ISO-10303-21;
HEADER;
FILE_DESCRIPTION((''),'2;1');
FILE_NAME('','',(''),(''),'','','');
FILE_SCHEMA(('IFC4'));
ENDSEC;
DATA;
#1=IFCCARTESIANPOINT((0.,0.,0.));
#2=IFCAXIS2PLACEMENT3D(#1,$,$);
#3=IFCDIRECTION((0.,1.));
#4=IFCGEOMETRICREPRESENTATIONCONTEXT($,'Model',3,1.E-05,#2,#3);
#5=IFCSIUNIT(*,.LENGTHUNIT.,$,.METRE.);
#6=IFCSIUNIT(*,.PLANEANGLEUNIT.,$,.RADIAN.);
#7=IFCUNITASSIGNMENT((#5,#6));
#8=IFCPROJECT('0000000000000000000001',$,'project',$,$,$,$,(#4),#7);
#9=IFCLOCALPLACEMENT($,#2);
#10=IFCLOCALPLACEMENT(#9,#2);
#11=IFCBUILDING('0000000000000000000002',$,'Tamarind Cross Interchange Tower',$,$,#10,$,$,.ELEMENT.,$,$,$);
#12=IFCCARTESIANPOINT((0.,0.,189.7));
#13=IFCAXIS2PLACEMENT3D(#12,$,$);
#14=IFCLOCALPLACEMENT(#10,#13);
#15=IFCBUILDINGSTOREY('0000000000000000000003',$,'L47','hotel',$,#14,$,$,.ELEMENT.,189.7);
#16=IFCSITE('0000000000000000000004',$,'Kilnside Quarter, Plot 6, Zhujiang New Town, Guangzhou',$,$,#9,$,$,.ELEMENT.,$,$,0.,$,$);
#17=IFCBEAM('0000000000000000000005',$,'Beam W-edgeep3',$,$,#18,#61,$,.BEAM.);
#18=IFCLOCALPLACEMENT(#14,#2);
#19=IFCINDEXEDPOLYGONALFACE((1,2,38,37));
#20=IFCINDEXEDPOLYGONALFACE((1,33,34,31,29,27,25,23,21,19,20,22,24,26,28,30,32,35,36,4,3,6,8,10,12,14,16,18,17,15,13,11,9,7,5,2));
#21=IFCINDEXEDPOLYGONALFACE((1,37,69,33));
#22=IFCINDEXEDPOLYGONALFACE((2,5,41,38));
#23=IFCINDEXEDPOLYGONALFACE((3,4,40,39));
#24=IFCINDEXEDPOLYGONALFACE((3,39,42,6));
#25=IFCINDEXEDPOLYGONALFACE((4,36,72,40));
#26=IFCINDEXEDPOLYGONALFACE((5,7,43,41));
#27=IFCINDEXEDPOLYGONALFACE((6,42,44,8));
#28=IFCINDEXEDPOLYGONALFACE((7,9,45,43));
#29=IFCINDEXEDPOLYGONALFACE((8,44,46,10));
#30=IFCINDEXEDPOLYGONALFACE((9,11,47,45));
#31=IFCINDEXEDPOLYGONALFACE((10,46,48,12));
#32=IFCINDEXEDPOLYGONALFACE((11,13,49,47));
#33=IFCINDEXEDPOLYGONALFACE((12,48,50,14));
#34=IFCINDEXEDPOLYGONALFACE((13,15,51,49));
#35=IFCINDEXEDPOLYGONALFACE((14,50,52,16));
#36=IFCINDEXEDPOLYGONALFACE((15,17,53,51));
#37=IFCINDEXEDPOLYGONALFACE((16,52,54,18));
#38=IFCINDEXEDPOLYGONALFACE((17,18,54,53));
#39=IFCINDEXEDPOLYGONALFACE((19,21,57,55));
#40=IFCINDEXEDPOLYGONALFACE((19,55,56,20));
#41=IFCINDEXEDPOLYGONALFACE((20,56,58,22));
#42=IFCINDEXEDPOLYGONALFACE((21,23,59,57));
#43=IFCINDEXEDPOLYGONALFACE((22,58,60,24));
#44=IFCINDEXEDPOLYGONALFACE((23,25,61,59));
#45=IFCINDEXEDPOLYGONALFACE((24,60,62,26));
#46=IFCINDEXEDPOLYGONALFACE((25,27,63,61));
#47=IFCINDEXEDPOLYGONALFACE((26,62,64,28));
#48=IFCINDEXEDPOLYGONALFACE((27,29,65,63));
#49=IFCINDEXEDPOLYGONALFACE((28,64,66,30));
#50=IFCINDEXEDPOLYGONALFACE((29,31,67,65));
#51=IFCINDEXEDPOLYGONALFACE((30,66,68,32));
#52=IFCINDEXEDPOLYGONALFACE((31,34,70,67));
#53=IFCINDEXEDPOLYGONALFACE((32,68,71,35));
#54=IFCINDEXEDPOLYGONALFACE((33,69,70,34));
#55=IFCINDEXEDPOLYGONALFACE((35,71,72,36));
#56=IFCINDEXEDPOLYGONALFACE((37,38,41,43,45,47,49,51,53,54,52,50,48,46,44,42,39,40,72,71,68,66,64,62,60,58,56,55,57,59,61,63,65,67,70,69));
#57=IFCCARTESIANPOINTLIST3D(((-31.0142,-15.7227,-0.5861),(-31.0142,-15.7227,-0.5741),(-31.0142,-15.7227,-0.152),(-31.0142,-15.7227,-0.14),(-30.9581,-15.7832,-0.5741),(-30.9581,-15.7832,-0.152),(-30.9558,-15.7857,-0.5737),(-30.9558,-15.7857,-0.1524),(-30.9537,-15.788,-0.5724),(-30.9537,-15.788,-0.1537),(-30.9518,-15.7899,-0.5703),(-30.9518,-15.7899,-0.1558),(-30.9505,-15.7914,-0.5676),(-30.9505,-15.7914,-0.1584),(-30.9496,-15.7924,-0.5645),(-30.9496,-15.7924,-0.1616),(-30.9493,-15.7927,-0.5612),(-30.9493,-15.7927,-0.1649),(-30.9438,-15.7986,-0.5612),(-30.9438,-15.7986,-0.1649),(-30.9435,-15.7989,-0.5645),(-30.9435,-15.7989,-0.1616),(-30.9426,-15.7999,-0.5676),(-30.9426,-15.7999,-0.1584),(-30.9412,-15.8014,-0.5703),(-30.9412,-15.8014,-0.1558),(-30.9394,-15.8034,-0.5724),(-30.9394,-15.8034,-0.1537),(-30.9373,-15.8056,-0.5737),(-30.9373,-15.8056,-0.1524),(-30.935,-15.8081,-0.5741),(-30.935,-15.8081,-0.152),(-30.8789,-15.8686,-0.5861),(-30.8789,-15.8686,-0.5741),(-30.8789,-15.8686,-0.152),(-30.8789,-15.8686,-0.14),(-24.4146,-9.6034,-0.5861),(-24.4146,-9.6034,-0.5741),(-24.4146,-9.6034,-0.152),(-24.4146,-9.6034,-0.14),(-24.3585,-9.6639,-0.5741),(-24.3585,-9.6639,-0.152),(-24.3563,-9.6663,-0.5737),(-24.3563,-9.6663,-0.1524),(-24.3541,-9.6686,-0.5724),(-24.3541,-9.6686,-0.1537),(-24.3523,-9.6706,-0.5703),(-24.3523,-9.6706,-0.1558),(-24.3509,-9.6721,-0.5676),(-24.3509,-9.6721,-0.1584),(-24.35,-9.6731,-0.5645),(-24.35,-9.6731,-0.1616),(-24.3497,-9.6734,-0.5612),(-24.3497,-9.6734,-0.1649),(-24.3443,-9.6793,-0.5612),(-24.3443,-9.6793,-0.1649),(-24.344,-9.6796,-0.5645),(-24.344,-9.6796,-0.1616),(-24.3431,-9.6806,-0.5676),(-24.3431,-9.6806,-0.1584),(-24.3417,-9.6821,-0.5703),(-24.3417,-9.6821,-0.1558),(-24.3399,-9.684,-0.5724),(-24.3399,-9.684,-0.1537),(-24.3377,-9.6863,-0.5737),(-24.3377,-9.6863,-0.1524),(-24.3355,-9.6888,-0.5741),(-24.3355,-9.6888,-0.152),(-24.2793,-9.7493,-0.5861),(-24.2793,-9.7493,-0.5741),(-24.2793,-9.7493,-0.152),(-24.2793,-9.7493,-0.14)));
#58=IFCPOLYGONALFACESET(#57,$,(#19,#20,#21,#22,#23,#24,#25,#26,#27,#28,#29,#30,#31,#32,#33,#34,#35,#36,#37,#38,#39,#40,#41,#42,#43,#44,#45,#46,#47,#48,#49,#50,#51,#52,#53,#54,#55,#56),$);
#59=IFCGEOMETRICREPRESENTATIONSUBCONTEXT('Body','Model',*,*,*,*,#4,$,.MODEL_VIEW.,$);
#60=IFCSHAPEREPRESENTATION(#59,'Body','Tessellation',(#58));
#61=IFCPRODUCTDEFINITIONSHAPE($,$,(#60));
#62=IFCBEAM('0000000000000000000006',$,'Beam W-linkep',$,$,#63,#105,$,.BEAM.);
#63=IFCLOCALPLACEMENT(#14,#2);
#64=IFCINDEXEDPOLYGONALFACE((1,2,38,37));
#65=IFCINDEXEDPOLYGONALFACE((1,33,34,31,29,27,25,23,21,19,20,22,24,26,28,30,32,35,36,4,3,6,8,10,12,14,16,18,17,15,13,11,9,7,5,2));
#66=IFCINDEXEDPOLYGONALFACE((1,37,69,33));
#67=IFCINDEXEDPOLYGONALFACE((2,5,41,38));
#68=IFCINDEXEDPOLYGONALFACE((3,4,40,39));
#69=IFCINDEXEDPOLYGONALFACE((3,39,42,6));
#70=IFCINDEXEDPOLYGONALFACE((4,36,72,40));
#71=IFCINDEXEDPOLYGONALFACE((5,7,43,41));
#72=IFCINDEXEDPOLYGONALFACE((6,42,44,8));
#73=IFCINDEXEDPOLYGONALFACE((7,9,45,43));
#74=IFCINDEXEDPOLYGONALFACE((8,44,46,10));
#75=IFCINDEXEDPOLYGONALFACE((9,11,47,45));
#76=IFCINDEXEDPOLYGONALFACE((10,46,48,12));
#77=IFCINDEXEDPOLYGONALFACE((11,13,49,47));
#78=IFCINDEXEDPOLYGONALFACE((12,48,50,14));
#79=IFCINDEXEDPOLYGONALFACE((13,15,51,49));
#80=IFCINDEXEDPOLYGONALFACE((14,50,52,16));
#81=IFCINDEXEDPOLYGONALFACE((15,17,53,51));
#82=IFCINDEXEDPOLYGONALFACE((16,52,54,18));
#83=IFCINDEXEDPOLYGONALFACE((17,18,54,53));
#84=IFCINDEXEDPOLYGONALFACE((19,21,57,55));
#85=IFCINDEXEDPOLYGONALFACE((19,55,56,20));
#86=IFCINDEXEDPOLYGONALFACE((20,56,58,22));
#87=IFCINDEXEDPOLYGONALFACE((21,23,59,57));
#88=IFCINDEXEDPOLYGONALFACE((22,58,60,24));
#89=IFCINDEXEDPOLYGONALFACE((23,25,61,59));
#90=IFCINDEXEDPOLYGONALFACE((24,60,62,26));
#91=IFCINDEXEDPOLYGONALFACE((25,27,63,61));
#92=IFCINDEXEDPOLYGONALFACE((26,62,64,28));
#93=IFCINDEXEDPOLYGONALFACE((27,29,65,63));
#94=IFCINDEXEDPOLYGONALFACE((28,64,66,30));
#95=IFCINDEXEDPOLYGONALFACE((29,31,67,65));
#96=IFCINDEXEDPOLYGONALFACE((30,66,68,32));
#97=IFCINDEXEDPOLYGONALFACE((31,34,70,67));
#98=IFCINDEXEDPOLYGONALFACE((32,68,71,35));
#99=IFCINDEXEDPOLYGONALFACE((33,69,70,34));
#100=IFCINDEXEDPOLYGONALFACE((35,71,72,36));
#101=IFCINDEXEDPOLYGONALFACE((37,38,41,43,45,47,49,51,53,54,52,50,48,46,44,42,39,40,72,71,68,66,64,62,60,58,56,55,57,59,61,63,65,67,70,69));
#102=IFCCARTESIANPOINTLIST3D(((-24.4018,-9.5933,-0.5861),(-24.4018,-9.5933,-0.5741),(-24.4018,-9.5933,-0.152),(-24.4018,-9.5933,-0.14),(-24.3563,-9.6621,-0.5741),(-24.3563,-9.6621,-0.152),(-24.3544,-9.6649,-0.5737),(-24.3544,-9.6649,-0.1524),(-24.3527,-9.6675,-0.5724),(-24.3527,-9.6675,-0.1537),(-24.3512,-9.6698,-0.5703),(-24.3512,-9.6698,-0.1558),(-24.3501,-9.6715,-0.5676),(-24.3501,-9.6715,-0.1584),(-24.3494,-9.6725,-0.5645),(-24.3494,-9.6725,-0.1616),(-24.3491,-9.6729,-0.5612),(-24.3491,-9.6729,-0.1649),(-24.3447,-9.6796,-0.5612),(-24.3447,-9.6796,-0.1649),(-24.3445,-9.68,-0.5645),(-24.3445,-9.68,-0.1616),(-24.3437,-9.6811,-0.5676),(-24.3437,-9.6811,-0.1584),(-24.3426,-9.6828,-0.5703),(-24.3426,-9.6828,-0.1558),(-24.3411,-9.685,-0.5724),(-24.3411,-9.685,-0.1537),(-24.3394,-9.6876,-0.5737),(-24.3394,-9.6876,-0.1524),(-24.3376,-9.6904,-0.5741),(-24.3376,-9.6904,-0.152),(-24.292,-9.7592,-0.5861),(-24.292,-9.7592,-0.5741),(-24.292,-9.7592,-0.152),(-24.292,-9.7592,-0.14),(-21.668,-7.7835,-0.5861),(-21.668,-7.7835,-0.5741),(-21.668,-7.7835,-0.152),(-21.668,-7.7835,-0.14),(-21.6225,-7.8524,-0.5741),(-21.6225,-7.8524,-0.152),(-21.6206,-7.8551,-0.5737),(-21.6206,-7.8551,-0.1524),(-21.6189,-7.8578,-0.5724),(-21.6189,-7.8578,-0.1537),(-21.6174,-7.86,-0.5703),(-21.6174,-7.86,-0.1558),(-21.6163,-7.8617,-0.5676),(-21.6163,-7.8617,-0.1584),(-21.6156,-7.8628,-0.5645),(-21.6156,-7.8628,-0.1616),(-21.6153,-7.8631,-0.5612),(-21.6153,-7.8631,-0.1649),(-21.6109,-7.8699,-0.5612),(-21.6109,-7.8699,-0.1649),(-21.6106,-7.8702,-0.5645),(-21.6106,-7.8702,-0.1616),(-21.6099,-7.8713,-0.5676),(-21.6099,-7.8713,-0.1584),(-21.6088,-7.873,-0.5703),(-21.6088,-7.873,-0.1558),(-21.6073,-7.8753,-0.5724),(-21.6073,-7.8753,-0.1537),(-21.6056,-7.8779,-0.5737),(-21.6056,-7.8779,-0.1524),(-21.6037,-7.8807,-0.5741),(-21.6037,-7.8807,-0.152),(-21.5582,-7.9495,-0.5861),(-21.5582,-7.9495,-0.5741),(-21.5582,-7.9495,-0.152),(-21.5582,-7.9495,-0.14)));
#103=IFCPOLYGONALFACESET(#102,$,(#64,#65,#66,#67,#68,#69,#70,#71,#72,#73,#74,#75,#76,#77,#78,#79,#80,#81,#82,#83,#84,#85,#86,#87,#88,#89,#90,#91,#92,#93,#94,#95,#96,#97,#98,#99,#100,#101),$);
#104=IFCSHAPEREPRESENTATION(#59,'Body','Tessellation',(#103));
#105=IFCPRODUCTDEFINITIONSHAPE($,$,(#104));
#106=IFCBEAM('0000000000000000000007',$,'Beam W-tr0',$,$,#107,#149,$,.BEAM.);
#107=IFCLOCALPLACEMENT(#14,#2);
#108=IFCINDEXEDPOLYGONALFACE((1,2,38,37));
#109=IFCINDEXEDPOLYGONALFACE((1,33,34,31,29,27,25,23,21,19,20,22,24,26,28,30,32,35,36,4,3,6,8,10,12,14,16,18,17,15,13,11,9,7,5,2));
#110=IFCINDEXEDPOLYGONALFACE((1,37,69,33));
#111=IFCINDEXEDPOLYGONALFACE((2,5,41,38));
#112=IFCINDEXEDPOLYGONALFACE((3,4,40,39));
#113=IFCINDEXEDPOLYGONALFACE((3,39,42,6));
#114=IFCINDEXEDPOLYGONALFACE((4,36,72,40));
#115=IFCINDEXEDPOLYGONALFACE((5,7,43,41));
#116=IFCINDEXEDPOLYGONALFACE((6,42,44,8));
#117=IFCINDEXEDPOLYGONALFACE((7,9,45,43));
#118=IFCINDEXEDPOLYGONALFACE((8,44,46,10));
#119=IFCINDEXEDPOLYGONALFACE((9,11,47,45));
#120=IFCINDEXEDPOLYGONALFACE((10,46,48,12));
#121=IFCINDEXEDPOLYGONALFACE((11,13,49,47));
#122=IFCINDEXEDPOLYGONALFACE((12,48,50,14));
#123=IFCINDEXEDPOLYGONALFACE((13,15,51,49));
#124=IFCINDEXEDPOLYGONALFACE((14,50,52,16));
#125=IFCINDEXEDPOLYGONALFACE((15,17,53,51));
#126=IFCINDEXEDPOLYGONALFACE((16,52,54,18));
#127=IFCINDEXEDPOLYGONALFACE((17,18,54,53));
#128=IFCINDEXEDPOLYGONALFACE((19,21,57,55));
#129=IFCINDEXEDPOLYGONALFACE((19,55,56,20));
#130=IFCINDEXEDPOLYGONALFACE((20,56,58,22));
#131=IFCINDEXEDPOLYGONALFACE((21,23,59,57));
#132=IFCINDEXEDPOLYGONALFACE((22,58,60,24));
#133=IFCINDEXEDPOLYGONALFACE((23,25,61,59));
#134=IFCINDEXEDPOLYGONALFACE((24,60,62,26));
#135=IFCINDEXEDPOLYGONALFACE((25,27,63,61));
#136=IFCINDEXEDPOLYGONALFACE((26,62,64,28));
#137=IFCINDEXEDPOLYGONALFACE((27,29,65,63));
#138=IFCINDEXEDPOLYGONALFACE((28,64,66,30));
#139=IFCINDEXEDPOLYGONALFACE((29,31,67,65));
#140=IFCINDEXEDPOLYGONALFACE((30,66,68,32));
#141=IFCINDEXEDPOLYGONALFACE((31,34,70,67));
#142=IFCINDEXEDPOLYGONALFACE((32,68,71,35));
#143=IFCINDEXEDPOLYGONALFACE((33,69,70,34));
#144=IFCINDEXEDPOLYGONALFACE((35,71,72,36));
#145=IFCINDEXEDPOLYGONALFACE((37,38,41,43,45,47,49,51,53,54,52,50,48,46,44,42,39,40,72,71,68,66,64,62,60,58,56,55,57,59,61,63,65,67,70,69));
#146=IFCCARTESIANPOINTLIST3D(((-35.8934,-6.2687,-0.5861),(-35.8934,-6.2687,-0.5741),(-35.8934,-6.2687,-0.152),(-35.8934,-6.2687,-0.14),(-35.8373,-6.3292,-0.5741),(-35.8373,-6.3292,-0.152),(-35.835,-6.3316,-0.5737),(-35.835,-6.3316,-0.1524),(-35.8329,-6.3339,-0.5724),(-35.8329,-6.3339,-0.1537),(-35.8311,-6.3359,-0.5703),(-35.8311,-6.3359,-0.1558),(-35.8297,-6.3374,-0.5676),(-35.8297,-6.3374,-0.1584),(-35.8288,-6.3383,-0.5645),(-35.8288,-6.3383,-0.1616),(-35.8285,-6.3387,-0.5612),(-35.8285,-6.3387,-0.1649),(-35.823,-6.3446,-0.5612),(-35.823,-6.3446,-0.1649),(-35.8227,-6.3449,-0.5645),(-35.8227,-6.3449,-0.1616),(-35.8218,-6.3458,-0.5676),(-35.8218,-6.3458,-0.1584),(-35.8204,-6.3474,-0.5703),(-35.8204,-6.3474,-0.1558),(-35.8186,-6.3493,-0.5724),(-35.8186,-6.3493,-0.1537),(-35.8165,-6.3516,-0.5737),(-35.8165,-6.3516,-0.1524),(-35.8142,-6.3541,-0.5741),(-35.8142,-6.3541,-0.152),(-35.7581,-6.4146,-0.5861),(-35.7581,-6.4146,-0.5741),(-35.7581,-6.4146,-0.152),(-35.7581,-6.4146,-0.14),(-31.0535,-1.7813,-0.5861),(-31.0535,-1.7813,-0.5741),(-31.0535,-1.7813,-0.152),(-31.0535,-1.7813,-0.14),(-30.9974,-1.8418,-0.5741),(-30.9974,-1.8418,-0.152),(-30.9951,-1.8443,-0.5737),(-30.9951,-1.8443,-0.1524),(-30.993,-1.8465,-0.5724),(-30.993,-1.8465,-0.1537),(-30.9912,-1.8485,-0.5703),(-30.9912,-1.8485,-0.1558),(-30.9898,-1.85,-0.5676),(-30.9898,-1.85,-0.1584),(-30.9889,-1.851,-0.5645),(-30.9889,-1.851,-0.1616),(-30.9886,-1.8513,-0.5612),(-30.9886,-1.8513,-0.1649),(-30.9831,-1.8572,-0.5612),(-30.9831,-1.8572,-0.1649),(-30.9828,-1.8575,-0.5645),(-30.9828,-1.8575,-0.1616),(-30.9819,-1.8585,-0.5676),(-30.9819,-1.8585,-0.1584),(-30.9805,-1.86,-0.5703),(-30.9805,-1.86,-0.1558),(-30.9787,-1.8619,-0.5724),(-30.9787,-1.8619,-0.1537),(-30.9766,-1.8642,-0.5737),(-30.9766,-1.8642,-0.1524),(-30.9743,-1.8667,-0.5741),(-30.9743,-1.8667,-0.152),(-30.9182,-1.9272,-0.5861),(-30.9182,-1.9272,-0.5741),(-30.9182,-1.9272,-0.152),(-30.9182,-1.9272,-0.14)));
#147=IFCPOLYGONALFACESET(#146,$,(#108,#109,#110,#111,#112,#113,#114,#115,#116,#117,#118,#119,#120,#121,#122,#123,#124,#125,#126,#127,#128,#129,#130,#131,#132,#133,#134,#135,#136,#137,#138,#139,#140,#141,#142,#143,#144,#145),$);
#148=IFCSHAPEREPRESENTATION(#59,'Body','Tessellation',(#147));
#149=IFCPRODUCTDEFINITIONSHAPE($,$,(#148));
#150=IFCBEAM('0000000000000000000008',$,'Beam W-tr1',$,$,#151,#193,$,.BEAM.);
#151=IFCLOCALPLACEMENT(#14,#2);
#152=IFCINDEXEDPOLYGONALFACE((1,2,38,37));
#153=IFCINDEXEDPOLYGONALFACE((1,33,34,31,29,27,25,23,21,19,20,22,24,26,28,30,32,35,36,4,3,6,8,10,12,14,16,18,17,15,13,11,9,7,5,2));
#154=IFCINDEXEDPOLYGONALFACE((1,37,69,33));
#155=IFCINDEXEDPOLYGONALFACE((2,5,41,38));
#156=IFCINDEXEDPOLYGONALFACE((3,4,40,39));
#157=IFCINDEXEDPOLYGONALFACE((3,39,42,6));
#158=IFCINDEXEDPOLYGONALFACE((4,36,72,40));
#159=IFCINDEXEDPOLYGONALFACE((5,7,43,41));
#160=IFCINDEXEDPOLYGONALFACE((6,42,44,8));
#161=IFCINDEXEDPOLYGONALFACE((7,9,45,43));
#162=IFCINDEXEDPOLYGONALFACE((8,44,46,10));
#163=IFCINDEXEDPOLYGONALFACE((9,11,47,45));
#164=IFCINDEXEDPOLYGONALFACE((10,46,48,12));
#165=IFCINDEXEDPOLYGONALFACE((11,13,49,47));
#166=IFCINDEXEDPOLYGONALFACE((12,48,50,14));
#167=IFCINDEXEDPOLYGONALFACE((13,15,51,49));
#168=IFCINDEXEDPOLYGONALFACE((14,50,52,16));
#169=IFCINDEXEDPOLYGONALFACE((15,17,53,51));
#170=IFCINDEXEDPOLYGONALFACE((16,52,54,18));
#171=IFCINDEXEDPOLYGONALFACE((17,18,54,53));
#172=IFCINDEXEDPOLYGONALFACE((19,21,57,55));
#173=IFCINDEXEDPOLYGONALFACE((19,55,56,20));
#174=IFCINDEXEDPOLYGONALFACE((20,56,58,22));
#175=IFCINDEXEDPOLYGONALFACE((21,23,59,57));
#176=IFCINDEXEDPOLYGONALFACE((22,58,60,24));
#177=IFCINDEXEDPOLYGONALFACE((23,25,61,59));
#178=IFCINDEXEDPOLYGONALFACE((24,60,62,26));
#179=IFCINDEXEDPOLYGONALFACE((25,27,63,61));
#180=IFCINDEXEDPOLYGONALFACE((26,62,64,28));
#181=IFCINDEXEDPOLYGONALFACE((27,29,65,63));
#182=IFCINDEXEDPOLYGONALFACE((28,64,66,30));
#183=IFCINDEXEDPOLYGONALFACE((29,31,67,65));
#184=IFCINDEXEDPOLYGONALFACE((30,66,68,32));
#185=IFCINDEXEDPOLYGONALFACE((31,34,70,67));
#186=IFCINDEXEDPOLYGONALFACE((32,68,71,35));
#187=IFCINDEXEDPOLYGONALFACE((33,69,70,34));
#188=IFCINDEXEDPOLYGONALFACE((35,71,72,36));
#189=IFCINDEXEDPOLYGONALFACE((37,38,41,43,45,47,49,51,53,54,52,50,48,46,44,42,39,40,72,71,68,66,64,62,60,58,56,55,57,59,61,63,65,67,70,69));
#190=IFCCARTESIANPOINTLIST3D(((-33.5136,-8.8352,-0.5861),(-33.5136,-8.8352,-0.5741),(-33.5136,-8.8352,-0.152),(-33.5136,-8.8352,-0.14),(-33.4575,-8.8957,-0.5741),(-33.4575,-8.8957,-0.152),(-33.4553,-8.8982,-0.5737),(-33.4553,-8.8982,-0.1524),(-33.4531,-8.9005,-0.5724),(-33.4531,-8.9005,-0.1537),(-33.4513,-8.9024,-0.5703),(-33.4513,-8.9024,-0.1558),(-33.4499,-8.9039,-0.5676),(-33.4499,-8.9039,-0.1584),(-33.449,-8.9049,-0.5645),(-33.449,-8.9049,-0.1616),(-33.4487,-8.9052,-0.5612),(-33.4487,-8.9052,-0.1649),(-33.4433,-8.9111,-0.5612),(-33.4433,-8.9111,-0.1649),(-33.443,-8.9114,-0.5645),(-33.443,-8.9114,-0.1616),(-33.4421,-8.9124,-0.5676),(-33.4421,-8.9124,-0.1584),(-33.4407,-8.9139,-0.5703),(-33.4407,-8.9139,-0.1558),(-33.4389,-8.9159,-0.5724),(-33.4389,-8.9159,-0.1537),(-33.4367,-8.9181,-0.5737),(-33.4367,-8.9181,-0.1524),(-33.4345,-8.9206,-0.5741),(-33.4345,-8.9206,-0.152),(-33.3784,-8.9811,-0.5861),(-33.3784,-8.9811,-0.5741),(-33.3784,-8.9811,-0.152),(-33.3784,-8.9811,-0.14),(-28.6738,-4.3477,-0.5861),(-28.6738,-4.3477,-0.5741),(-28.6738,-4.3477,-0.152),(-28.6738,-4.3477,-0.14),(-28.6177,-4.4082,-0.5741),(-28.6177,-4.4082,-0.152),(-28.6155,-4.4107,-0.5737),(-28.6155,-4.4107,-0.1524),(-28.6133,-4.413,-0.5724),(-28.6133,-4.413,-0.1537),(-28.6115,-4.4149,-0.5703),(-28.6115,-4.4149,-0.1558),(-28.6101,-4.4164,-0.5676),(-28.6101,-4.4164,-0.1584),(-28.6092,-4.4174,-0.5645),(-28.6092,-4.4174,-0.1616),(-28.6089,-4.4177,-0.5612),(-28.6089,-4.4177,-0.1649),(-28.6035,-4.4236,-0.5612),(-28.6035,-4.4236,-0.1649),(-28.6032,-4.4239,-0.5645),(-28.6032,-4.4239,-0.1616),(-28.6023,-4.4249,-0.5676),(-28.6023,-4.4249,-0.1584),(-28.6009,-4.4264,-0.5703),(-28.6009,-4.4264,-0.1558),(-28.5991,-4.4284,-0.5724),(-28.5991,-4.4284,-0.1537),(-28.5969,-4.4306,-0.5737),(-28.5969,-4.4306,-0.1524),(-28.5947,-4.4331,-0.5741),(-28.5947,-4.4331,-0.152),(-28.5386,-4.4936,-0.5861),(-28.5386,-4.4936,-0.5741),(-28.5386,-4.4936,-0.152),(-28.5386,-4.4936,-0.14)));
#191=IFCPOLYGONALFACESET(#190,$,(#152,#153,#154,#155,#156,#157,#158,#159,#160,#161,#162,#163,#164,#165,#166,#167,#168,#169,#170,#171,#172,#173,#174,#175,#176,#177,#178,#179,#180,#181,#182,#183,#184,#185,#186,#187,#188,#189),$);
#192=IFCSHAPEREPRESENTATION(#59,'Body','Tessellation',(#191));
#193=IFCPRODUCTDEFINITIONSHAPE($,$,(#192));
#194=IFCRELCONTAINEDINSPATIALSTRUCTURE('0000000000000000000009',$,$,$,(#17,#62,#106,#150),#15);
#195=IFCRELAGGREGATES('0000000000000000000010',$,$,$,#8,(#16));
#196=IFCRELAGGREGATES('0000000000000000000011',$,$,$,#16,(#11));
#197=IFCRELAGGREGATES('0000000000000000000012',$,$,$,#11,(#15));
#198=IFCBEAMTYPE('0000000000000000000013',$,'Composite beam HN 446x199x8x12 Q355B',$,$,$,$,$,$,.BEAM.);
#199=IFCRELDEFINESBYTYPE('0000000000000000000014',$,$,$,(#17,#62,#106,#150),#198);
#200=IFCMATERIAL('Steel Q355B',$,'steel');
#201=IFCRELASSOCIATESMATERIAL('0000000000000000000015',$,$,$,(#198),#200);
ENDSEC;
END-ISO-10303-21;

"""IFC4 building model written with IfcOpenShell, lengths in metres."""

from ifc_helpers import new_model, si_unit, direction, frame, origin, origin_2d, place, context, subcontext, project, spatial, i_section, extrude, material, material_profile, profile_set, type_object, element, save


model = new_model("IFC4")

# Units and contexts
model_context = context("Model", 3, precision=1e-05, world=origin(), true_north=direction((0.0, 1.0)))
body_context = subcontext(model_context, "Body", "Model", "MODEL_VIEW")
ifc_project = project(units=[si_unit("LENGTHUNIT", "METRE"), si_unit("PLANEANGLEUNIT", "RADIAN")], contexts=[model_context])

# Site, building, storey
site_placement = place(None, origin())
site = spatial("IfcSite", under=ifc_project, at=site_placement, Name="Kilnside Quarter, Plot 6, Zhujiang New Town, Guangzhou", CompositionType="ELEMENT", RefElevation=0.0)
building_placement = place(site_placement, origin())
building = spatial("IfcBuilding", under=site, at=building_placement, Name="Tamarind Cross Interchange Tower", CompositionType="ELEMENT")
storey_placement = place(building_placement, frame((0.0, 0.0, 189.7)))
storey = spatial("IfcBuildingStorey", under=building, at=storey_placement, Name="L47", Description="hotel", CompositionType="ELEMENT", Elevation=189.7)

# Beams
ifc_material_1 = material(Name="Steel Q355B", Category="steel")
ifc_material_profile_1 = material_profile(ifc_material_1, i_section(OverallWidth=0.199, OverallDepth=0.446, WebThickness=0.0081, FlangeThickness=0.012, FilletRadius=0.0129, at=origin_2d()), Name="HN 446x199x8x12")
ifc_profile_set_1 = profile_set([ifc_material_profile_1], Name="Steel Q355B")
beam_type_1 = type_object("IfcBeamType", Name="Composite beam HN 446x199x8x12 Q355B", PredefinedType="BEAM", material=ifc_profile_set_1)
beam_1_placement = place(storey_placement, frame((-30.9465, -15.7957, -0.363), z_axis=(0.733282, 0.679924, 0.0), x_axis=(-0.679924, 0.733282, 0.0)))
element("IfcBeam", 1, at=beam_1_placement, inside=storey, type_object=beam_type_1, Name="Beam W-edgeep3", PredefinedType="BEAM", context=body_context, shape_type="SweptSolid", body=[
    extrude(i_section(OverallWidth=0.199, OverallDepth=0.446, WebThickness=0.0081, FlangeThickness=0.012, FilletRadius=0.0129, at=origin_2d()), origin(), (0.0, 0.0, 1.0), 9.0),
])
beam_2_placement = place(storey_placement, frame((-24.3469, -9.6763, -0.363), z_axis=(0.833845, 0.551999, 0.0), x_axis=(-0.551999, 0.833845, 0.0)))
element("IfcBeam", 2, at=beam_2_placement, inside=storey, type_object=beam_type_1, Name="Beam W-linkep", PredefinedType="BEAM", context=body_context, shape_type="SweptSolid", body=[
    extrude(i_section(OverallWidth=0.199, OverallDepth=0.446, WebThickness=0.0081, FlangeThickness=0.012, FilletRadius=0.0129, at=origin_2d()), origin(), (0.0, 0.0, 1.0), 3.2786),
])
for number, where, z_axis, x_axis, name in (
    (3, (-30.9858, -1.8542, -0.363), (-0.73331, -0.679895, 0.0), (0.679895, -0.73331, 0.0), "Beam W-tr0"),
    (4, (-28.6062, -4.4207, -0.363), (-0.733291, -0.679915, 0.0), (0.679915, -0.733291, 0.0), "Beam W-tr1"),
):
    element("IfcBeam", number, at=place(storey_placement, frame(where, z_axis=z_axis, x_axis=x_axis)), inside=storey, type_object=beam_type_1, Name=name, PredefinedType="BEAM", context=body_context, shape_type="SweptSolid", body=[
        extrude(i_section(OverallWidth=0.199, OverallDepth=0.446, WebThickness=0.0081, FlangeThickness=0.012, FilletRadius=0.0129, at=origin_2d()), origin(), (0.0, 0.0, 1.0), 6.6001),
    ])

save(model, "model.ifc")
